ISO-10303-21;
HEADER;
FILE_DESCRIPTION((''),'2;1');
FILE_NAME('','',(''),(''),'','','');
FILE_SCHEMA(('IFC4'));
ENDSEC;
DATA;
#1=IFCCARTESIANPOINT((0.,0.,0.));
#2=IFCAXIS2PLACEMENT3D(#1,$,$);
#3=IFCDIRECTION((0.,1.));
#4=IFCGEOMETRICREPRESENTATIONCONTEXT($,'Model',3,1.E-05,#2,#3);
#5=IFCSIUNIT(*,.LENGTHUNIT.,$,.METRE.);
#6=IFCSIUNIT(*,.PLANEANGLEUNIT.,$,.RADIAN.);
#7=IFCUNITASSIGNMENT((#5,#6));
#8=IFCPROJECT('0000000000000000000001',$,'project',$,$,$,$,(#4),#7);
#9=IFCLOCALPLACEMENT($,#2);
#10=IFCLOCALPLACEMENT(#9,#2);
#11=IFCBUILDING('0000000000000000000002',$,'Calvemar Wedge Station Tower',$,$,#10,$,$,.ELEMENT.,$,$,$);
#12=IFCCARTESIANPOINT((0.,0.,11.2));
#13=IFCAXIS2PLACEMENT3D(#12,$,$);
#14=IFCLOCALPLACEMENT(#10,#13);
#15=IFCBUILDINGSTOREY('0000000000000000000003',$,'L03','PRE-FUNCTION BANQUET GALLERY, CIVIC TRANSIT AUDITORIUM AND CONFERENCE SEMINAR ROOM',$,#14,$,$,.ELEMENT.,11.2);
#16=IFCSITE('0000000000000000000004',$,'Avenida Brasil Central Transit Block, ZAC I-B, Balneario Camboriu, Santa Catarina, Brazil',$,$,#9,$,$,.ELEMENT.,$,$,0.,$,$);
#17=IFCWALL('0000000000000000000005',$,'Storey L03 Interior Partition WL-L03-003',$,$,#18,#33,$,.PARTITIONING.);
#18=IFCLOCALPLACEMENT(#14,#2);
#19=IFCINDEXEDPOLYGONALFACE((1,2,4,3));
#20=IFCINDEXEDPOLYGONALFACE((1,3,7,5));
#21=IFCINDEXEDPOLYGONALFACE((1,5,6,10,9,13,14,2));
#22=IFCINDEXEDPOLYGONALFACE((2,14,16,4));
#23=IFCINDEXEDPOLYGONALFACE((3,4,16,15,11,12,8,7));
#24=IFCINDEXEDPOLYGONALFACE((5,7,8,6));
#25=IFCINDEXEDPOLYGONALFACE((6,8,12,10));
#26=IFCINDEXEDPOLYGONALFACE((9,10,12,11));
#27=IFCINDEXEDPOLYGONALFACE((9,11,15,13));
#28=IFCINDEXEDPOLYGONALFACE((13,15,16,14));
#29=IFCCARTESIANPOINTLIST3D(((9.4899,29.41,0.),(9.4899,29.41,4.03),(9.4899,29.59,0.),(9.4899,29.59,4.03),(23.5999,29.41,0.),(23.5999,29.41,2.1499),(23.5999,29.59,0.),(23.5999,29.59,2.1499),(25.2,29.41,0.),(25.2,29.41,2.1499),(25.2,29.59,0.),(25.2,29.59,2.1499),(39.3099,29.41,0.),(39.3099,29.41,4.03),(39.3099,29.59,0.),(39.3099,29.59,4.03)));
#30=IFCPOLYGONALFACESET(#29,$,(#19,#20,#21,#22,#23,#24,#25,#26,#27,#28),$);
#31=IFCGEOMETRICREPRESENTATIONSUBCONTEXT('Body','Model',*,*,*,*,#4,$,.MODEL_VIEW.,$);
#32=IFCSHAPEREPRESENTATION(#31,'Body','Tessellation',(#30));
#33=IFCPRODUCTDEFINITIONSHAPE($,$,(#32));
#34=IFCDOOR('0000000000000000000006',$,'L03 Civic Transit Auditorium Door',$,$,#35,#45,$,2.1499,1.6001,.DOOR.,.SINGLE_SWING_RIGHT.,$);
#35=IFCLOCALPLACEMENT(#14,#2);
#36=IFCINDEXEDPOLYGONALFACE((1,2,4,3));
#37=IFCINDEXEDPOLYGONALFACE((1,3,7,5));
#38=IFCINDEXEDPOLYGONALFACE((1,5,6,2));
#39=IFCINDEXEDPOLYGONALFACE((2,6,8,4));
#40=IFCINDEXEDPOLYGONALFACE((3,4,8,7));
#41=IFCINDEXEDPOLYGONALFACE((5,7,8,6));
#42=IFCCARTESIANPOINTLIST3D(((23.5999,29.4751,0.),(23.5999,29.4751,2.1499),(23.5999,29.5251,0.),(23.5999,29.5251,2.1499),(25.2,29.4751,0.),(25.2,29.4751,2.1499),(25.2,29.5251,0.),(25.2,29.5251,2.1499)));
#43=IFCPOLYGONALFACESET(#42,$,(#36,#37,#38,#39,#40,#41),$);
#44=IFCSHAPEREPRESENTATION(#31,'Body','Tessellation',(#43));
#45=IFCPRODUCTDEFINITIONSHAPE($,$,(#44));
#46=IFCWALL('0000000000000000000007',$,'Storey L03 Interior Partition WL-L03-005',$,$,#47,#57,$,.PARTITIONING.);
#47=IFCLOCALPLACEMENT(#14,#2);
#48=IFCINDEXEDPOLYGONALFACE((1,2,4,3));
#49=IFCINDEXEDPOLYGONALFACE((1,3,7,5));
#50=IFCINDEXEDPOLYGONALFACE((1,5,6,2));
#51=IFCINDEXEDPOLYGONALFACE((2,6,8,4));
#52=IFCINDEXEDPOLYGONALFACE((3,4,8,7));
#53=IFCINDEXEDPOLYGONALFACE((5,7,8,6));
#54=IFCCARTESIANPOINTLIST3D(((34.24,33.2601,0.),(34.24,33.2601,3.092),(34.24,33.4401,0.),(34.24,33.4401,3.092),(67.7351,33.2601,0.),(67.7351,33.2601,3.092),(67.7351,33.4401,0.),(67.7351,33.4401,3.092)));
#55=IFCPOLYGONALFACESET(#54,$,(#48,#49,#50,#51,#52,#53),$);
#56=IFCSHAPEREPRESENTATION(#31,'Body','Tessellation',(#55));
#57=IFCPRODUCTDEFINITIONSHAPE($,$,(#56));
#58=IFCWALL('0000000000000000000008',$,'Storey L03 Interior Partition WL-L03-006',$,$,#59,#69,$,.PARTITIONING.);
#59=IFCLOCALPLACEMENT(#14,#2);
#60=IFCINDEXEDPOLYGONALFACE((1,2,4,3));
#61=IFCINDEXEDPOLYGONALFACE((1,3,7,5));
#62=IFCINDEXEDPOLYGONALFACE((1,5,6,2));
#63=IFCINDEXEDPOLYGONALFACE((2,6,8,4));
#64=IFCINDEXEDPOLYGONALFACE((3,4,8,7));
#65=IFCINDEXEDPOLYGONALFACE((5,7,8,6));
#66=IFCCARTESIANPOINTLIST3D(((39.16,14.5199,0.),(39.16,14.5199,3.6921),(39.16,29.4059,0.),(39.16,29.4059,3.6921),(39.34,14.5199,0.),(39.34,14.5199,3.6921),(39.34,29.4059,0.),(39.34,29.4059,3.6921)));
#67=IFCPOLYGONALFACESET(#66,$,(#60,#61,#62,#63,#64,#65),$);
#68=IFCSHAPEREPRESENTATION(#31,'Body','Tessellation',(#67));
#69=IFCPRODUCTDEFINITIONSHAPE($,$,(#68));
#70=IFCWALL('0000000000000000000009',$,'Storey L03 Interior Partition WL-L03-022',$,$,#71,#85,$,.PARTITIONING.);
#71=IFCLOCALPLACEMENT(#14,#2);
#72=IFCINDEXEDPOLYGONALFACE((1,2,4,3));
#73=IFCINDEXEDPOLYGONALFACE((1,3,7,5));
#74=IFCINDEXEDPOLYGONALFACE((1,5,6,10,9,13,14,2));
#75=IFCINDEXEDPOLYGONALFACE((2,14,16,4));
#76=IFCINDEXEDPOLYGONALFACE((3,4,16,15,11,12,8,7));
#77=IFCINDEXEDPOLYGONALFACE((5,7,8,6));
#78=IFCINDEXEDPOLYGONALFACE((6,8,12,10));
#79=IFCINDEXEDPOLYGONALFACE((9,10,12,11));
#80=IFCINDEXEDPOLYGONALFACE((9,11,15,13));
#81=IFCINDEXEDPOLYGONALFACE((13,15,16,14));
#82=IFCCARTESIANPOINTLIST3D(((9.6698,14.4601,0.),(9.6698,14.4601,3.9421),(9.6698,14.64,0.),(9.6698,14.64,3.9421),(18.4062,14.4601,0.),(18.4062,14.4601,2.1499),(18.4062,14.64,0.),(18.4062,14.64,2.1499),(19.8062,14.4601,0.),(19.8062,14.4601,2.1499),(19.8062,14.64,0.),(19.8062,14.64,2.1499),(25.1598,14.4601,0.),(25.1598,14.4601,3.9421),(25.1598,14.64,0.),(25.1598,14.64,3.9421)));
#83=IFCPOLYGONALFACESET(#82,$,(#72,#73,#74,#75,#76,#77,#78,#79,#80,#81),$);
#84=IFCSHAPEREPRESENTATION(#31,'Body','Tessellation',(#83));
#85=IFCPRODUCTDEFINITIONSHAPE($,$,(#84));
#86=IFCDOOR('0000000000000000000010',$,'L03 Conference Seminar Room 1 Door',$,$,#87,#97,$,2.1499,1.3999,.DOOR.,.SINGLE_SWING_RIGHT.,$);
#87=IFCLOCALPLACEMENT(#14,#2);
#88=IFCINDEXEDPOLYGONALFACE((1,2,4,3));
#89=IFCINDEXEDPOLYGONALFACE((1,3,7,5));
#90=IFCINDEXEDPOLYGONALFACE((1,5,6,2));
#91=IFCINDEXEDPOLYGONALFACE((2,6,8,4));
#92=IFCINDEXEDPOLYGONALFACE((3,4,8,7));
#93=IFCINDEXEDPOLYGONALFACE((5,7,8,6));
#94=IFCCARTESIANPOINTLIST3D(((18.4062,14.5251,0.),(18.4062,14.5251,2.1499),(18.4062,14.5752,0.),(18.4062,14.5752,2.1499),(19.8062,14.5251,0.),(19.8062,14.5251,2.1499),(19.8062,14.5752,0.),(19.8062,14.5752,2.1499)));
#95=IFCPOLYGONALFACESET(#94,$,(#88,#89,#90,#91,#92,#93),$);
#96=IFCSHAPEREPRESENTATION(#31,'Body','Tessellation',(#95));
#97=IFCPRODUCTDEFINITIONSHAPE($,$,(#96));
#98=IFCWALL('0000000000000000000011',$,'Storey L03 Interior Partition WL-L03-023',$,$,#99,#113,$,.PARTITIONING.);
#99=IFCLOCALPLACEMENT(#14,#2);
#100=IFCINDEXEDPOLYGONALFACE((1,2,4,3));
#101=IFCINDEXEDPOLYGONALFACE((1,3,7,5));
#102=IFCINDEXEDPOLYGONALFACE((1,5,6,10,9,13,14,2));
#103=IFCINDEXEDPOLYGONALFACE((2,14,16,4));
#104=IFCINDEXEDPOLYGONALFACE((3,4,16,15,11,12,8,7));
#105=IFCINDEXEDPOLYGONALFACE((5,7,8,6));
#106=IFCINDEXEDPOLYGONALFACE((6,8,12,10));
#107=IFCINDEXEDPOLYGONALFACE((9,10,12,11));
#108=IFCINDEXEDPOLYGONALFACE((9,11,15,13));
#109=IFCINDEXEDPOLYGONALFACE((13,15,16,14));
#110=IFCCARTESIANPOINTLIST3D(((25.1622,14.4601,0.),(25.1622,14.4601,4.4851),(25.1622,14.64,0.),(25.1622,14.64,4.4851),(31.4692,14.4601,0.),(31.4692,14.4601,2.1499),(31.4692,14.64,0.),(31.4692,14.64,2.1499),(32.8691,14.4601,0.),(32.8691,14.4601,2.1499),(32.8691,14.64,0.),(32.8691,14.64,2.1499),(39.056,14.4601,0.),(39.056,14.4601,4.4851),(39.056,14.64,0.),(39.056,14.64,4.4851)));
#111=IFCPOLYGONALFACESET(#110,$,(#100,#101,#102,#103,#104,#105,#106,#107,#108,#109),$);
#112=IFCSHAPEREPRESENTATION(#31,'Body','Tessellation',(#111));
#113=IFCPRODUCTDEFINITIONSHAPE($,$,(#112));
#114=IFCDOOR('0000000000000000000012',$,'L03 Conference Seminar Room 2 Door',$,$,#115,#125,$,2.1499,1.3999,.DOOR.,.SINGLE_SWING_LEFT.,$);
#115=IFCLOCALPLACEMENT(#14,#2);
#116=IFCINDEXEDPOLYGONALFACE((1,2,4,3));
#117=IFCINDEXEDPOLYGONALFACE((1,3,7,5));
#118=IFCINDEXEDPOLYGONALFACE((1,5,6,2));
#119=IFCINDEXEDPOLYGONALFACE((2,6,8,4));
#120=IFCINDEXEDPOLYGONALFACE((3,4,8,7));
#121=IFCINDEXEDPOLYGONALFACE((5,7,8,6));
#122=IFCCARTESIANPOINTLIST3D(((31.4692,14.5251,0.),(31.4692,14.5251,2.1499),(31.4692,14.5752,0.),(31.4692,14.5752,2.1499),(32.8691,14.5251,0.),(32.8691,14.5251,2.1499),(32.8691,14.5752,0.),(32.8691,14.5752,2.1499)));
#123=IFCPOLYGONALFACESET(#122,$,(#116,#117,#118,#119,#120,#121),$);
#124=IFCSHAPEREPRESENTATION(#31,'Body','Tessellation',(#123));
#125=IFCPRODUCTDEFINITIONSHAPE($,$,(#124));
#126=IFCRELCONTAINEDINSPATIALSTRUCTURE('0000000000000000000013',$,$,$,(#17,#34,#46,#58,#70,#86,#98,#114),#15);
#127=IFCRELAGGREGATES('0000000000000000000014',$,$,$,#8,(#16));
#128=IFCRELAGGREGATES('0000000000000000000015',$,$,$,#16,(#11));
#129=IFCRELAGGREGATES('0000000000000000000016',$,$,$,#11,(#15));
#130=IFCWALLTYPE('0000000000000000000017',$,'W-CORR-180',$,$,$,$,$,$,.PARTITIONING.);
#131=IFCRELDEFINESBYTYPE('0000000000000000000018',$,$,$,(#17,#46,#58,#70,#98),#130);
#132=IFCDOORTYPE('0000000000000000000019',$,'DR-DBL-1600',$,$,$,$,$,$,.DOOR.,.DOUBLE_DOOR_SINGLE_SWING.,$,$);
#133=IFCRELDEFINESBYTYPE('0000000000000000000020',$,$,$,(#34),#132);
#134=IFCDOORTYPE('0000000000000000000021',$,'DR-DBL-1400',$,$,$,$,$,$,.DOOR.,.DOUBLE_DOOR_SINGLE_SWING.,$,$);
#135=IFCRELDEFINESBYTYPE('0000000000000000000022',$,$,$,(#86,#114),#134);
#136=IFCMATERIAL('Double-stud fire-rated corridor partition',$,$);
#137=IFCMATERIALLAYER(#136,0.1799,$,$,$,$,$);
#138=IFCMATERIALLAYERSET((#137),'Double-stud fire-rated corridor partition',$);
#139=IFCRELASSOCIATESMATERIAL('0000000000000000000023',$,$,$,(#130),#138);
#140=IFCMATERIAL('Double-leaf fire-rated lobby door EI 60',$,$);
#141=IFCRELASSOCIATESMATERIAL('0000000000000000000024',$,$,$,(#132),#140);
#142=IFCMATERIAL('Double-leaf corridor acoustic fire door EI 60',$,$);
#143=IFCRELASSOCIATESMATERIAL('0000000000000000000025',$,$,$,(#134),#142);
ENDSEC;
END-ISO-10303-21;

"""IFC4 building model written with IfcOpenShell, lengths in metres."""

from ifc_helpers import new_model, si_unit, direction, frame, frame_2d, origin, place, context, subcontext, project, spatial, rectangle, extrude, source, transform, mapped, material, layer, layer_set, type_object, element, fill, save


model = new_model("IFC4")

# Units and contexts
model_context = context("Model", 3, precision=1e-05, world=origin(), true_north=direction((0.0, 1.0)))
body_context = subcontext(model_context, "Body", "Model", "MODEL_VIEW")
ifc_project = project(units=[si_unit("LENGTHUNIT", "METRE"), si_unit("PLANEANGLEUNIT", "RADIAN")], contexts=[model_context])

# Site, building, storey
site_placement = place(None, origin())
site = spatial("IfcSite", under=ifc_project, at=site_placement, Name="Avenida Brasil Central Transit Block, ZAC I-B, Balneario Camboriu, Santa Catarina, Brazil", CompositionType="ELEMENT", RefElevation=0.0)
building_placement = place(site_placement, origin())
building = spatial("IfcBuilding", under=site, at=building_placement, Name="Calvemar Wedge Station Tower", CompositionType="ELEMENT")
storey_placement = place(building_placement, frame((0.0, 0.0, 11.2)))
storey = spatial("IfcBuildingStorey", under=building, at=storey_placement, Name="L03", Description="PRE-FUNCTION BANQUET GALLERY, CIVIC TRANSIT AUDITORIUM AND CONFERENCE SEMINAR ROOM", CompositionType="ELEMENT", Elevation=11.2)

# Wall, opening, door
ifc_material_1 = material(Name="Double-stud fire-rated corridor partition")
ifc_layer_1 = layer(ifc_material_1, 0.1799)
ifc_layer_set_1 = layer_set([ifc_layer_1], Name="Double-stud fire-rated corridor partition")
wall_type_1 = type_object("IfcWallType", Name="W-CORR-180", PredefinedType="PARTITIONING", material=ifc_layer_set_1)
wall_1_placement = place(storey_placement, frame((39.3101, 29.5, 0.0), z_axis=(0.0, 0.0, 1.0), x_axis=(-1.0, 0.0, 0.0)))
wall_1 = element("IfcWall", 1, at=wall_1_placement, inside=storey, type_object=wall_type_1, Name="Storey L03 Interior Partition WL-L03-003", PredefinedType="PARTITIONING", context=body_context, shape_type="SweptSolid", body=[
    extrude(rectangle(XDim=29.8201, YDim=0.1799, at=frame_2d((14.9102, 0.0))), origin(), (0.0, 0.0, 1.0), 4.03),
])
shared_shape_1 = source(origin(), body_context, "Body", "SweptSolid", [
    extrude(rectangle(XDim=1.6001, YDim=2.1499, at=frame_2d((0.8, 1.075))), frame((0.0, 0.1001, 0.0), z_axis=(0.0, -1.0, 0.0), x_axis=(1.0, 0.0, 0.0)), (0.0, 0.0, 1.0), 0.2),
])
opening_1_placement = place(wall_1_placement, frame((14.1101, 0.0, 0.0)))
opening_1 = element("IfcOpeningElement", 2, at=opening_1_placement, cuts=wall_1, PredefinedType="OPENING", context=body_context, shape_type="MappedRepresentation", body=[
    mapped(shared_shape_1, transform((0.0, 0.0, 0.0), scale=1.0)),
])
ifc_material_2 = material(Name="Double-leaf fire-rated lobby door EI 60")
door_type_1 = type_object("IfcDoorType", Name="DR-DBL-1600", OperationType="DOUBLE_DOOR_SINGLE_SWING", PredefinedType="DOOR", material=ifc_material_2)
shared_shape_2 = source(origin(), body_context, "Body", "SweptSolid", [
    extrude(rectangle(XDim=1.6001, YDim=2.1499, at=frame_2d((0.8, 1.075))), frame((0.0, 0.0249, 0.0), z_axis=(0.0, -1.0, 0.0), x_axis=(1.0, 0.0, 0.0)), (0.0, 0.0, 1.0), 0.05),
])
door_1_placement = place(opening_1_placement, origin())
door_1 = element("IfcDoor", 3, at=door_1_placement, inside=storey, type_object=door_type_1, Name="L03 Civic Transit Auditorium Door", OperationType="SINGLE_SWING_RIGHT", OverallHeight=2.1499, OverallWidth=1.6001, PredefinedType="DOOR", context=body_context, shape_type="MappedRepresentation", body=[
    mapped(shared_shape_2, transform((0.0, 0.0, 0.0), scale=1.0)),
])
fill(opening_1, door_1)

# Walls
wall_2_placement = place(storey_placement, frame((34.24, 33.3501, 0.0), z_axis=(0.0, 0.0, 1.0), x_axis=(1.0, 0.0, 0.0)))
element("IfcWall", 4, at=wall_2_placement, inside=storey, type_object=wall_type_1, Name="Storey L03 Interior Partition WL-L03-005", PredefinedType="PARTITIONING", context=body_context, shape_type="SweptSolid", body=[
    extrude(rectangle(XDim=33.4951, YDim=0.1799, at=frame_2d((16.7476, 0.0))), origin(), (0.0, 0.0, 1.0), 3.092),
])
wall_3_placement = place(storey_placement, frame((39.25, 14.52, 0.0), z_axis=(0.0, 0.0, 1.0), x_axis=(0.0, 1.0, 0.0)))
element("IfcWall", 5, at=wall_3_placement, inside=storey, type_object=wall_type_1, Name="Storey L03 Interior Partition WL-L03-006", PredefinedType="PARTITIONING", context=body_context, shape_type="SweptSolid", body=[
    extrude(rectangle(XDim=14.886, YDim=0.1799, at=frame_2d((7.4429, 0.0))), origin(), (0.0, 0.0, 1.0), 3.6921),
])

# Walls, openings, doors
wall_4_placement = place(storey_placement, frame((25.1599, 14.55, 0.0), z_axis=(0.0, 0.0, 1.0), x_axis=(-1.0, 0.0, 0.0)))
wall_4 = element("IfcWall", 6, at=wall_4_placement, inside=storey, type_object=wall_type_1, Name="Storey L03 Interior Partition WL-L03-022", PredefinedType="PARTITIONING", context=body_context, shape_type="SweptSolid", body=[
    extrude(rectangle(XDim=15.49, YDim=0.1799, at=frame_2d((7.7451, 0.0))), origin(), (0.0, 0.0, 1.0), 3.9421),
])
shared_shape_3 = source(origin(), body_context, "Body", "SweptSolid", [
    extrude(rectangle(XDim=1.3999, YDim=2.1499, at=frame_2d((0.7, 1.075))), frame((0.0, 0.1001, 0.0), z_axis=(0.0, -1.0, 0.0), x_axis=(1.0, 0.0, 0.0)), (0.0, 0.0, 1.0), 0.2),
])
opening_2_placement = place(wall_4_placement, frame((5.3538, 0.0, 0.0)))
opening_2 = element("IfcOpeningElement", 7, at=opening_2_placement, cuts=wall_4, PredefinedType="OPENING", context=body_context, shape_type="MappedRepresentation", body=[
    mapped(shared_shape_3, transform((0.0, 0.0, 0.0), scale=1.0)),
])
ifc_material_3 = material(Name="Double-leaf corridor acoustic fire door EI 60")
door_type_2 = type_object("IfcDoorType", Name="DR-DBL-1400", OperationType="DOUBLE_DOOR_SINGLE_SWING", PredefinedType="DOOR", material=ifc_material_3)
shared_shape_4 = source(origin(), body_context, "Body", "SweptSolid", [
    extrude(rectangle(XDim=1.3999, YDim=2.1499, at=frame_2d((0.7, 1.075))), frame((0.0, 0.0249, 0.0), z_axis=(0.0, -1.0, 0.0), x_axis=(1.0, 0.0, 0.0)), (0.0, 0.0, 1.0), 0.05),
])
door_2_placement = place(opening_2_placement, origin())
door_2 = element("IfcDoor", 8, at=door_2_placement, inside=storey, type_object=door_type_2, Name="L03 Conference Seminar Room 1 Door", OperationType="SINGLE_SWING_RIGHT", OverallHeight=2.1499, OverallWidth=1.3999, PredefinedType="DOOR", context=body_context, shape_type="MappedRepresentation", body=[
    mapped(shared_shape_4, transform((0.0, 0.0, 0.0), scale=1.0)),
])
fill(opening_2, door_2)
wall_5_placement = place(storey_placement, frame((39.0559, 14.55, 0.0), z_axis=(0.0, 0.0, 1.0), x_axis=(-1.0, 0.0, 0.0)))
wall_5 = element("IfcWall", 9, at=wall_5_placement, inside=storey, type_object=wall_type_1, Name="Storey L03 Interior Partition WL-L03-023", PredefinedType="PARTITIONING", context=body_context, shape_type="SweptSolid", body=[
    extrude(rectangle(XDim=13.8938, YDim=0.1799, at=frame_2d((6.9468, 0.0))), origin(), (0.0, 0.0, 1.0), 4.4851),
])
opening_3_placement = place(wall_5_placement, frame((6.1868, 0.0, 0.0)))
opening_3 = element("IfcOpeningElement", 10, at=opening_3_placement, cuts=wall_5, PredefinedType="OPENING", context=body_context, shape_type="MappedRepresentation", body=[
    mapped(shared_shape_3, transform((0.0, 0.0, 0.0), scale=1.0)),
])
door_3_placement = place(opening_3_placement, origin())
door_3 = element("IfcDoor", 11, at=door_3_placement, inside=storey, type_object=door_type_2, Name="L03 Conference Seminar Room 2 Door", OperationType="SINGLE_SWING_LEFT", OverallHeight=2.1499, OverallWidth=1.3999, PredefinedType="DOOR", context=body_context, shape_type="MappedRepresentation", body=[
    mapped(shared_shape_4, transform((0.0, 0.0, 0.0), scale=1.0)),
])
fill(opening_3, door_3)

save(model, "model.ifc")
